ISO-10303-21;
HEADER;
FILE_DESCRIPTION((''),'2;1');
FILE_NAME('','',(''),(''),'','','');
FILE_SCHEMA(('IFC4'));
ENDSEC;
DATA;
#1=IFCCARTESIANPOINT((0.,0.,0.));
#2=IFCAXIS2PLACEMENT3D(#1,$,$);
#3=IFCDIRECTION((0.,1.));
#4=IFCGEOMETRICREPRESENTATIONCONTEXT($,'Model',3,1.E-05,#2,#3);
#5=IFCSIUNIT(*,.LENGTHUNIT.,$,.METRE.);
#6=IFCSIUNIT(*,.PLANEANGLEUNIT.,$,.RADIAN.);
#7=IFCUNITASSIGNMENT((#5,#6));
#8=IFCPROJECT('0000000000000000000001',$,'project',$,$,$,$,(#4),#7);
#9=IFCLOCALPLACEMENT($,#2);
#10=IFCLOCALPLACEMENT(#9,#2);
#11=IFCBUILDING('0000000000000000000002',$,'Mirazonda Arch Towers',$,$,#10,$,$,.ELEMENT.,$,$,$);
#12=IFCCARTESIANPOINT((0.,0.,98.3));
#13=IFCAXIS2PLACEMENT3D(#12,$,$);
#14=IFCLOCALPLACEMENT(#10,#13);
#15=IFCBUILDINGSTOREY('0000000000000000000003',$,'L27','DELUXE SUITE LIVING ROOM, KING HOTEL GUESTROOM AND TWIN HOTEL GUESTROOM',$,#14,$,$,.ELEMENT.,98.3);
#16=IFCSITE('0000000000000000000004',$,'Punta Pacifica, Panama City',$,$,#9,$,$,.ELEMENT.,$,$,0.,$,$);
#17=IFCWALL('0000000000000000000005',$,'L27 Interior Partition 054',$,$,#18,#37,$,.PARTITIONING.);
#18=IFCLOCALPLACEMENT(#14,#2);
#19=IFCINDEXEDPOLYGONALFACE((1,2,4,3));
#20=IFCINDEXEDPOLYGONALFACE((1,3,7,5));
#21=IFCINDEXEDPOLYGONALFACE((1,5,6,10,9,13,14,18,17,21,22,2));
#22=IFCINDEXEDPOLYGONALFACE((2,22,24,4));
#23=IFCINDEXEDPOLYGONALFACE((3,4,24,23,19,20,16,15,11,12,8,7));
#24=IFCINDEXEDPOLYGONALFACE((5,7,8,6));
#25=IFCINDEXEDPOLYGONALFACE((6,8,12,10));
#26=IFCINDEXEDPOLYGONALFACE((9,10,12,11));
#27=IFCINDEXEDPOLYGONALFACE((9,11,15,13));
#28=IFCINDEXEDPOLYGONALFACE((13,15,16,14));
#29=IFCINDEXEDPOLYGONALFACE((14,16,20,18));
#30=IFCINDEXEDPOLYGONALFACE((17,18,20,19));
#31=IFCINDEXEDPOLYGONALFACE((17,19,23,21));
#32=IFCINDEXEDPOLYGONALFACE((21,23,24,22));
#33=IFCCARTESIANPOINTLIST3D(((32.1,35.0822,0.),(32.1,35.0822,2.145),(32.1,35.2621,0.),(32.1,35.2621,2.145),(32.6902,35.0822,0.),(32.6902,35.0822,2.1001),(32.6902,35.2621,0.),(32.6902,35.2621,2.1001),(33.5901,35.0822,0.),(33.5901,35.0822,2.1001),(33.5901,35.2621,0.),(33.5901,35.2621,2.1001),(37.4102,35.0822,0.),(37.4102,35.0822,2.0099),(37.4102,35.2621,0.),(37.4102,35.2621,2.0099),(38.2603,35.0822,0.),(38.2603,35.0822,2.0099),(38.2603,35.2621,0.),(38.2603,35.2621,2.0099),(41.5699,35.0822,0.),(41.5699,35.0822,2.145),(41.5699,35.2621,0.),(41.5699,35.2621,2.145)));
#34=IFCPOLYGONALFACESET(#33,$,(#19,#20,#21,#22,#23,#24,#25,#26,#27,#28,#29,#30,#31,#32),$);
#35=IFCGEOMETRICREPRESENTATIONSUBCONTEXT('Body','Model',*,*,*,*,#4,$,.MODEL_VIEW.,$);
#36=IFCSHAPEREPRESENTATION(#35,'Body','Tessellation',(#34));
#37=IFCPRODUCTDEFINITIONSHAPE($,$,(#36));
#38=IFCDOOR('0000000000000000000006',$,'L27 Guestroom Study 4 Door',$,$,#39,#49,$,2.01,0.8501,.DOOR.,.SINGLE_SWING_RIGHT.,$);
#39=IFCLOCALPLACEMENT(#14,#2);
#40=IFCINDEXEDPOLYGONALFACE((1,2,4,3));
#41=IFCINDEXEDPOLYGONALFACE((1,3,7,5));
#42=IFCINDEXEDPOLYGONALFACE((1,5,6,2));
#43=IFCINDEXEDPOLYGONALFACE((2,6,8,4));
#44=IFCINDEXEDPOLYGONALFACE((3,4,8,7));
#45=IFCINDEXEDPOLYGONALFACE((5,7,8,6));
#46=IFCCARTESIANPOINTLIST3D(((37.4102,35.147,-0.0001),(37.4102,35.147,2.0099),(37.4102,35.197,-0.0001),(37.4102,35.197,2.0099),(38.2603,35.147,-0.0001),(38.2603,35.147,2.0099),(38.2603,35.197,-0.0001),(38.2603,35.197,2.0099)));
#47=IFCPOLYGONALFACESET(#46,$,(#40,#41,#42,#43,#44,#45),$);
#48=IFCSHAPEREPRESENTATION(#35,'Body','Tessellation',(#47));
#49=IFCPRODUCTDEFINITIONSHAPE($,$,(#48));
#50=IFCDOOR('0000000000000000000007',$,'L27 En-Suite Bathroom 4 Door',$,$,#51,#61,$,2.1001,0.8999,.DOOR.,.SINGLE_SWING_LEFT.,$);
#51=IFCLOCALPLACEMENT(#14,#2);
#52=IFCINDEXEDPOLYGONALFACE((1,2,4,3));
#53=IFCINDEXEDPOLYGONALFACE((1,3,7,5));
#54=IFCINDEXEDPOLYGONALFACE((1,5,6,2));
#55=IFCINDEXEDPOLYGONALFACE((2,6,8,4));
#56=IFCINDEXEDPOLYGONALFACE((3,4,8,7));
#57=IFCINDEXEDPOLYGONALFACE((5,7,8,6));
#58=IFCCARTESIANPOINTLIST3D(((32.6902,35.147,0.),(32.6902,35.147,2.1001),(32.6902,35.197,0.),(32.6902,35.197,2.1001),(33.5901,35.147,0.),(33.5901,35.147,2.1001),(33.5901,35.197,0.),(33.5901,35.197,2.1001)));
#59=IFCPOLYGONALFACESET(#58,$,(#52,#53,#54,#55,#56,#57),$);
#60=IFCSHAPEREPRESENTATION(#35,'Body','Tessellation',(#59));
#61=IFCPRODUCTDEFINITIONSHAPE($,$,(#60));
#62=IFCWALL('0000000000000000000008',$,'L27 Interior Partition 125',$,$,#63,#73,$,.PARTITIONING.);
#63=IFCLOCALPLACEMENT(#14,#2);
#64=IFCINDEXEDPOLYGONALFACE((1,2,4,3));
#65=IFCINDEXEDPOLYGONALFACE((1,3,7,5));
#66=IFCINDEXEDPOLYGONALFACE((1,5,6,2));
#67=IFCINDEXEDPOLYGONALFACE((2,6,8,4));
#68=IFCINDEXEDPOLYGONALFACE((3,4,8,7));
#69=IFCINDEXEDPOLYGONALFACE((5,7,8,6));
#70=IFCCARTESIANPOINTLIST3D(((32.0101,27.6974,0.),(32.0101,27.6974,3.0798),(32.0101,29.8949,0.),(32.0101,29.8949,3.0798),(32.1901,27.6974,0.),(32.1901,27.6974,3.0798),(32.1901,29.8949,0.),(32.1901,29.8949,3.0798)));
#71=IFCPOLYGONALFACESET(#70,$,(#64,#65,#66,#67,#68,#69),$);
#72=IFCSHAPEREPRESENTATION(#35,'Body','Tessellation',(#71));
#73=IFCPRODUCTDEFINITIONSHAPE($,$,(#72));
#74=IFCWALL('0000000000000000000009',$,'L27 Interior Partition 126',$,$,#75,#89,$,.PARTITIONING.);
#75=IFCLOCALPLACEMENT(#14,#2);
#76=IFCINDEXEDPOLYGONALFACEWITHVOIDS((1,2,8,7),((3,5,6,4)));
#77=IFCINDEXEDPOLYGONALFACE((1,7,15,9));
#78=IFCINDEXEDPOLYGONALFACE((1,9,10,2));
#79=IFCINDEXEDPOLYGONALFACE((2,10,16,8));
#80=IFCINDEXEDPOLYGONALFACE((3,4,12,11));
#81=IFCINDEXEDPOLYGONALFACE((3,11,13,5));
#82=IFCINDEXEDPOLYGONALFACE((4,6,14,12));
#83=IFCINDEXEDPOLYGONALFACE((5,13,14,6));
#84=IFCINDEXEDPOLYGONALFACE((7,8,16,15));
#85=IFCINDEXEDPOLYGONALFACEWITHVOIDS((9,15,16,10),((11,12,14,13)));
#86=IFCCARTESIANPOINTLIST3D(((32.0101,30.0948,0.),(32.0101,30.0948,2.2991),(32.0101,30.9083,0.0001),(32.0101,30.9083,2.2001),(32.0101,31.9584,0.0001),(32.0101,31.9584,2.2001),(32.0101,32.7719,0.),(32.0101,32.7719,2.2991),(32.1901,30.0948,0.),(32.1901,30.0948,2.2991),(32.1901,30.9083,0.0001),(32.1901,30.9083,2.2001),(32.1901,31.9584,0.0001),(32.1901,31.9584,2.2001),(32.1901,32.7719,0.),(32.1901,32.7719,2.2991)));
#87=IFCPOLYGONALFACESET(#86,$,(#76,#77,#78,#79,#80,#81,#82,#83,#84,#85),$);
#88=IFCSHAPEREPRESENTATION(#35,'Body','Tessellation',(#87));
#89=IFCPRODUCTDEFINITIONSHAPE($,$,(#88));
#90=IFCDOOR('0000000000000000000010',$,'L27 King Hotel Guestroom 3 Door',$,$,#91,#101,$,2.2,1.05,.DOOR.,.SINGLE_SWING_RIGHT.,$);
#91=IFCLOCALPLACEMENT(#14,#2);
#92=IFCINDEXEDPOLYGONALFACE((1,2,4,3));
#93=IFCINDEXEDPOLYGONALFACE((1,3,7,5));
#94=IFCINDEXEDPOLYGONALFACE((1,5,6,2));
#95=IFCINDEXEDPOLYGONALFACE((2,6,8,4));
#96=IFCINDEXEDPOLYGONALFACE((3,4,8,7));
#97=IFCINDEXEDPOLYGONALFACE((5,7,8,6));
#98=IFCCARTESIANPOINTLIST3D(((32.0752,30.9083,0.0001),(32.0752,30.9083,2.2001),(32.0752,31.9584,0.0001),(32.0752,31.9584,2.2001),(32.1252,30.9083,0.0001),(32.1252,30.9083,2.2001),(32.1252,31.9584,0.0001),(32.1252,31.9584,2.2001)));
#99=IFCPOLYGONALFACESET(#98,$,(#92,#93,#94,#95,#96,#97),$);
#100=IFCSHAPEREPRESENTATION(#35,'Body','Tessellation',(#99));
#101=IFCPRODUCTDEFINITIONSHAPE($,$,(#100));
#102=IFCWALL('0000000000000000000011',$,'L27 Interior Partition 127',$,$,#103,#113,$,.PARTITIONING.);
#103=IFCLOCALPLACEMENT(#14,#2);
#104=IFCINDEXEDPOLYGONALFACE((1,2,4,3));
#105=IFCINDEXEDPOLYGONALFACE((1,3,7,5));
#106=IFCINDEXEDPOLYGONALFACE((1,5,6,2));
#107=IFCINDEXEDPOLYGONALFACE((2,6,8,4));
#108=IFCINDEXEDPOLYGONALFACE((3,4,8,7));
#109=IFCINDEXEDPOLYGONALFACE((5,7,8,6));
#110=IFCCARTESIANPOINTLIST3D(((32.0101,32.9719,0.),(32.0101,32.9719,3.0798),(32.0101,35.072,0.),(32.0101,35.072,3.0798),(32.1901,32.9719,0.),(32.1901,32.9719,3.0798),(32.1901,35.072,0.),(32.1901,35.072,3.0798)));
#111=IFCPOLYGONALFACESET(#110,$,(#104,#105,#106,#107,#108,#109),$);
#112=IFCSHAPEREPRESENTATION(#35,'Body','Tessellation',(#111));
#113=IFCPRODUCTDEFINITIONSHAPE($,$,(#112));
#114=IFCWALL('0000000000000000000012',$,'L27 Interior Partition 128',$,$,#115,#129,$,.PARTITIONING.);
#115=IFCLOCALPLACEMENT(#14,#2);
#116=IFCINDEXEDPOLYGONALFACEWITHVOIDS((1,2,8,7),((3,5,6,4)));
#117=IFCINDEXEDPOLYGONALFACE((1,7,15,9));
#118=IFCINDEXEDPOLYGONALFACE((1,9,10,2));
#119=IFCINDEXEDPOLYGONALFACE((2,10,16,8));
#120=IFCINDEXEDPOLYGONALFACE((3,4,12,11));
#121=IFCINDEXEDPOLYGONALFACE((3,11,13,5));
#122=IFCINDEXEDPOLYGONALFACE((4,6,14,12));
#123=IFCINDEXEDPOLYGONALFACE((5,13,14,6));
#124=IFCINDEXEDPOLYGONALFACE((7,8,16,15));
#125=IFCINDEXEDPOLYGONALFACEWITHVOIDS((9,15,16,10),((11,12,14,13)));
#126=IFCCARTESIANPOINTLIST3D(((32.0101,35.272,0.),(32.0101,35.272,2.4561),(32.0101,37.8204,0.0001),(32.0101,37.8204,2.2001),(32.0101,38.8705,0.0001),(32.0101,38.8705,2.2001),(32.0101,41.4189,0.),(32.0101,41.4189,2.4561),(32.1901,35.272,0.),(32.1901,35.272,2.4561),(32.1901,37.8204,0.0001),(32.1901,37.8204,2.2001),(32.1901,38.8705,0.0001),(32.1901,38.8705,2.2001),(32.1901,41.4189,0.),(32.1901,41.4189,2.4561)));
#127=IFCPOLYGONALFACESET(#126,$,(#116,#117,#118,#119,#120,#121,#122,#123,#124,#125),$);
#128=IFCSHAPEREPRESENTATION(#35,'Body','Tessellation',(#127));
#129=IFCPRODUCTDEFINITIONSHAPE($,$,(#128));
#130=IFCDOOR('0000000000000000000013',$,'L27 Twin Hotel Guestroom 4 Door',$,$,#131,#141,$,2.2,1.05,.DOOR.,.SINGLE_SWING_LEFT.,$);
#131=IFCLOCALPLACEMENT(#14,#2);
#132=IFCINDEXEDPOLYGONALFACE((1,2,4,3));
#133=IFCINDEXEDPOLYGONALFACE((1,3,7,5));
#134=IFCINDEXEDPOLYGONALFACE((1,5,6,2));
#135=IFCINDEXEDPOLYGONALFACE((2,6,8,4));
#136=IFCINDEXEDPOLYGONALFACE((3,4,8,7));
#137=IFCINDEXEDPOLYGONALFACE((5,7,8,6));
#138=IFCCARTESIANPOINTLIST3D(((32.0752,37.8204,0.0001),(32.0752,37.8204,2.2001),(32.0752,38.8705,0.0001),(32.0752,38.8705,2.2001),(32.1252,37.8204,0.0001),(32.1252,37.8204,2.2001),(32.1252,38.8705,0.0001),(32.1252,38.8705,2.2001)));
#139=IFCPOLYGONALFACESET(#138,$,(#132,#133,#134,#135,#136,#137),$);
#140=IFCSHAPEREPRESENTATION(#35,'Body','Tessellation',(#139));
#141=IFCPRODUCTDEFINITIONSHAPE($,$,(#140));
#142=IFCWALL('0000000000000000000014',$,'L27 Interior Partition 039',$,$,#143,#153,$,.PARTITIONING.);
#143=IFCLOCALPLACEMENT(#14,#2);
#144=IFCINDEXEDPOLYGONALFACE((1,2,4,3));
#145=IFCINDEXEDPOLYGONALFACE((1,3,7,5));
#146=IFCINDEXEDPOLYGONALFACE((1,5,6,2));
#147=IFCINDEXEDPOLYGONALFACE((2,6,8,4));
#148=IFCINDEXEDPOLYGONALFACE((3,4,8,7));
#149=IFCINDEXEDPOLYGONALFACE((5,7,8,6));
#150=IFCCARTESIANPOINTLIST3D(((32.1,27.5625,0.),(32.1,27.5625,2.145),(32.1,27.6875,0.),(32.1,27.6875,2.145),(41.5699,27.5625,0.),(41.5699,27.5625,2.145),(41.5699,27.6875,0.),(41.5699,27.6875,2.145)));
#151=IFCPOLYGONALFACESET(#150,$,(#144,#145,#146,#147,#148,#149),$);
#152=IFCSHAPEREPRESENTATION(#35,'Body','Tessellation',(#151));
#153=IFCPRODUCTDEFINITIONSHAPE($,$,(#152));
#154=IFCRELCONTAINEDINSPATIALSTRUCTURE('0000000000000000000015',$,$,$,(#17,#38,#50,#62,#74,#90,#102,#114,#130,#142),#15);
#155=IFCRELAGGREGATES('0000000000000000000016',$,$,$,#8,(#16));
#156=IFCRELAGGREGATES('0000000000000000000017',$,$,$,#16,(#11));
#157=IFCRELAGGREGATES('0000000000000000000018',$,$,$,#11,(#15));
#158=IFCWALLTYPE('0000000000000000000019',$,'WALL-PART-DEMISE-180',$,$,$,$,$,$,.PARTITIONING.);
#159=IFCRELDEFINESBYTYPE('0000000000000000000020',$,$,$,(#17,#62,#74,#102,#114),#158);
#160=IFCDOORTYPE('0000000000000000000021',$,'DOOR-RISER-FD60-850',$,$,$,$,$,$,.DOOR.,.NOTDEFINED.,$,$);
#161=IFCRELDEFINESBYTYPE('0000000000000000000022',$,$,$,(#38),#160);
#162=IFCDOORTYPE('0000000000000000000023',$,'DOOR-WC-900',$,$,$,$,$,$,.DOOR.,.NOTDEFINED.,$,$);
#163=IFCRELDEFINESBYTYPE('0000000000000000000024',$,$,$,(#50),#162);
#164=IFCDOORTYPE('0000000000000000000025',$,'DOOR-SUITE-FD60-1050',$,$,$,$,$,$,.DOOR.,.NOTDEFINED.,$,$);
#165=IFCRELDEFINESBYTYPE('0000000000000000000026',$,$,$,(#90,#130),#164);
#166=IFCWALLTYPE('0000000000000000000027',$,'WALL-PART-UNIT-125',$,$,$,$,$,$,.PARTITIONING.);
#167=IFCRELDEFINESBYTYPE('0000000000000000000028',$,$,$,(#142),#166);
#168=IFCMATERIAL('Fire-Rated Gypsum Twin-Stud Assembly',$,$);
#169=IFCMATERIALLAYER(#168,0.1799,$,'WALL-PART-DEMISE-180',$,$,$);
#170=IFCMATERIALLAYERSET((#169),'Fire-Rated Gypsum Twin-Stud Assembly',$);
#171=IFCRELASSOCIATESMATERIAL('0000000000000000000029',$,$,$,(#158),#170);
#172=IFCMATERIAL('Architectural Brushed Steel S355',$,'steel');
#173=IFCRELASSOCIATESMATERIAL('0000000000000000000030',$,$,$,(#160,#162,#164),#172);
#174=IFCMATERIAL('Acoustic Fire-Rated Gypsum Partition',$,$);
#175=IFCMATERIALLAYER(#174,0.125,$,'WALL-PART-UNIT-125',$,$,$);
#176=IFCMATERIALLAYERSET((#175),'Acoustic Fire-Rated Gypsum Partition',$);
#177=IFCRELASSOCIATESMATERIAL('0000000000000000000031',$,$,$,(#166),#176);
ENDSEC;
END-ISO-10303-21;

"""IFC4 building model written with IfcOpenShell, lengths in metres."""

from ifc_helpers import new_model, si_unit, direction, frame, frame_2d, origin, place, context, subcontext, project, spatial, rectangle, extrude, material, layer, layer_set, type_object, element, fill, save


model = new_model("IFC4")

# Units and contexts
model_context = context("Model", 3, precision=1e-05, world=origin(), true_north=direction((0.0, 1.0)))
body_context = subcontext(model_context, "Body", "Model", "MODEL_VIEW")
ifc_project = project(units=[si_unit("LENGTHUNIT", "METRE"), si_unit("PLANEANGLEUNIT", "RADIAN")], contexts=[model_context])

# Site, building, storey
site_placement = place(None, origin())
site = spatial("IfcSite", under=ifc_project, at=site_placement, Name="Punta Pacifica, Panama City", CompositionType="ELEMENT", RefElevation=0.0)
building_placement = place(site_placement, origin())
building = spatial("IfcBuilding", under=site, at=building_placement, Name="Mirazonda Arch Towers", CompositionType="ELEMENT")
storey_placement = place(building_placement, frame((0.0, 0.0, 98.3)))
storey = spatial("IfcBuildingStorey", under=building, at=storey_placement, Name="L27", Description="DELUXE SUITE LIVING ROOM, KING HOTEL GUESTROOM AND TWIN HOTEL GUESTROOM", CompositionType="ELEMENT", Elevation=98.3)

# Shared definitions
ifc_material_1 = material(Name="Fire-Rated Gypsum Twin-Stud Assembly")
ifc_layer_1 = layer(ifc_material_1, 0.1799, Name="WALL-PART-DEMISE-180")
ifc_layer_set_1 = layer_set([ifc_layer_1], Name="Fire-Rated Gypsum Twin-Stud Assembly")
wall_type_1 = type_object("IfcWallType", Name="WALL-PART-DEMISE-180", PredefinedType="PARTITIONING", material=ifc_layer_set_1)
ifc_material_2 = material(Name="Architectural Brushed Steel S355", Category="steel")
door_type_1 = type_object("IfcDoorType", Name="DOOR-RISER-FD60-850", OperationType="NOTDEFINED", PredefinedType="DOOR", material=ifc_material_2)
door_type_2 = type_object("IfcDoorType", Name="DOOR-WC-900", OperationType="NOTDEFINED", PredefinedType="DOOR", material=ifc_material_2)

# Wall, openings, doors
wall_1_placement = place(storey_placement, frame((32.1001, 35.1721, 0.0), z_axis=(0.0, 0.0, 1.0), x_axis=(1.0, 0.0, 0.0)))
wall_1 = element("IfcWall", 1, at=wall_1_placement, inside=storey, type_object=wall_type_1, Name="L27 Interior Partition 054", PredefinedType="PARTITIONING", context=body_context, shape_type="SweptSolid", body=[
    extrude(rectangle(XDim=9.47, YDim=0.1799, at=frame_2d((4.7349, 0.0))), origin(), (0.0, 0.0, 1.0), 2.145),
])
opening_1_placement = place(wall_1_placement, frame((5.3101, 0.0, 0.0)))
opening_1 = element("IfcOpeningElement", 2, at=opening_1_placement, cuts=wall_1, PredefinedType="OPENING", context=body_context, shape_type="SweptSolid", body=[
    extrude(rectangle(XDim=0.8501, YDim=2.01, at=frame_2d((0.425, 1.0049))), frame((0.0, 0.0999, 0.0), z_axis=(0.0, -1.0, 0.0), x_axis=(1.0, 0.0, 0.0)), (0.0, 0.0, 1.0), 0.2),
])
opening_2_placement = place(wall_1_placement, frame((0.5901, 0.0, 0.0)))
opening_2 = element("IfcOpeningElement", 3, at=opening_2_placement, cuts=wall_1, PredefinedType="OPENING", context=body_context, shape_type="SweptSolid", body=[
    extrude(rectangle(XDim=0.8999, YDim=2.1001, at=frame_2d((0.45, 1.05))), frame((0.0, 0.0999, 0.0), z_axis=(0.0, -1.0, 0.0), x_axis=(1.0, 0.0, 0.0)), (0.0, 0.0, 1.0), 0.2),
])
door_1_placement = place(opening_1_placement, origin())
door_1 = element("IfcDoor", 4, at=door_1_placement, inside=storey, type_object=door_type_1, Name="L27 Guestroom Study 4 Door", OperationType="SINGLE_SWING_RIGHT", OverallHeight=2.01, OverallWidth=0.8501, PredefinedType="DOOR", context=body_context, shape_type="SweptSolid", body=[
    extrude(rectangle(XDim=0.8501, YDim=2.01, at=frame_2d((0.425, 1.0049))), frame((0.0, 0.0249, 0.0), z_axis=(0.0, -1.0, 0.0), x_axis=(1.0, 0.0, 0.0)), (0.0, 0.0, 1.0), 0.05),
])
fill(opening_1, door_1)
door_2_placement = place(opening_2_placement, origin())
door_2 = element("IfcDoor", 5, at=door_2_placement, inside=storey, type_object=door_type_2, Name="L27 En-Suite Bathroom 4 Door", OperationType="SINGLE_SWING_LEFT", OverallHeight=2.1001, OverallWidth=0.8999, PredefinedType="DOOR", context=body_context, shape_type="SweptSolid", body=[
    extrude(rectangle(XDim=0.8999, YDim=2.1001, at=frame_2d((0.45, 1.05))), frame((0.0, 0.0249, 0.0), z_axis=(0.0, -1.0, 0.0), x_axis=(1.0, 0.0, 0.0)), (0.0, 0.0, 1.0), 0.05),
])
fill(opening_2, door_2)

# Wall
wall_2_placement = place(storey_placement, frame((32.1001, 27.6975, 0.0), z_axis=(0.0, 0.0, 1.0), x_axis=(0.0, 1.0, 0.0)))
element("IfcWall", 6, at=wall_2_placement, inside=storey, type_object=wall_type_1, Name="L27 Interior Partition 125", PredefinedType="PARTITIONING", context=body_context, shape_type="SweptSolid", body=[
    extrude(rectangle(XDim=2.1975, YDim=0.1799, at=frame_2d((1.0986, 0.0))), origin(), (0.0, 0.0, 1.0), 3.0798),
])

# Wall, opening, door
wall_3_placement = place(storey_placement, frame((32.1001, 30.095, 0.0), z_axis=(0.0, 0.0, 1.0), x_axis=(0.0, 1.0, 0.0)))
wall_3 = element("IfcWall", 7, at=wall_3_placement, inside=storey, type_object=wall_type_1, Name="L27 Interior Partition 126", PredefinedType="PARTITIONING", context=body_context, shape_type="SweptSolid", body=[
    extrude(rectangle(XDim=2.677, YDim=0.1799, at=frame_2d((1.3384, 0.0))), origin(), (0.0, 0.0, 1.0), 2.2991),
])
opening_3_placement = place(wall_3_placement, frame((0.8135, 0.0, 0.0)))
opening_3 = element("IfcOpeningElement", 8, at=opening_3_placement, cuts=wall_3, PredefinedType="OPENING", context=body_context, shape_type="SweptSolid", body=[
    extrude(rectangle(XDim=1.05, YDim=2.2, at=frame_2d((0.5249, 1.1001))), frame((0.0, 0.0999, 0.0), z_axis=(0.0, -1.0, 0.0), x_axis=(1.0, 0.0, 0.0)), (0.0, 0.0, 1.0), 0.2),
])
door_type_3 = type_object("IfcDoorType", Name="DOOR-SUITE-FD60-1050", OperationType="NOTDEFINED", PredefinedType="DOOR", material=ifc_material_2)
door_3_placement = place(opening_3_placement, origin())
door_3 = element("IfcDoor", 9, at=door_3_placement, inside=storey, type_object=door_type_3, Name="L27 King Hotel Guestroom 3 Door", OperationType="SINGLE_SWING_RIGHT", OverallHeight=2.2, OverallWidth=1.05, PredefinedType="DOOR", context=body_context, shape_type="SweptSolid", body=[
    extrude(rectangle(XDim=1.05, YDim=2.2, at=frame_2d((0.5249, 1.1001))), frame((0.0, 0.0249, 0.0), z_axis=(0.0, -1.0, 0.0), x_axis=(1.0, 0.0, 0.0)), (0.0, 0.0, 1.0), 0.05),
])
fill(opening_3, door_3)

# Wall
wall_4_placement = place(storey_placement, frame((32.1001, 32.9719, 0.0), z_axis=(0.0, 0.0, 1.0), x_axis=(0.0, 1.0, 0.0)))
element("IfcWall", 10, at=wall_4_placement, inside=storey, type_object=wall_type_1, Name="L27 Interior Partition 127", PredefinedType="PARTITIONING", context=body_context, shape_type="SweptSolid", body=[
    extrude(rectangle(XDim=2.1001, YDim=0.1799, at=frame_2d((1.05, 0.0))), origin(), (0.0, 0.0, 1.0), 3.0798),
])

# Wall, opening, door
wall_5_placement = place(storey_placement, frame((32.1001, 35.272, 0.0), z_axis=(0.0, 0.0, 1.0), x_axis=(0.0, 1.0, 0.0)))
wall_5 = element("IfcWall", 11, at=wall_5_placement, inside=storey, type_object=wall_type_1, Name="L27 Interior Partition 128", PredefinedType="PARTITIONING", context=body_context, shape_type="SweptSolid", body=[
    extrude(rectangle(XDim=6.147, YDim=0.1799, at=frame_2d((3.0735, 0.0))), origin(), (0.0, 0.0, 1.0), 2.4561),
])
opening_4_placement = place(wall_5_placement, frame((2.5486, 0.0, 0.0)))
opening_4 = element("IfcOpeningElement", 12, at=opening_4_placement, cuts=wall_5, PredefinedType="OPENING", context=body_context, shape_type="SweptSolid", body=[
    extrude(rectangle(XDim=1.05, YDim=2.2, at=frame_2d((0.5249, 1.1001))), frame((0.0, 0.0999, 0.0), z_axis=(0.0, -1.0, 0.0), x_axis=(1.0, 0.0, 0.0)), (0.0, 0.0, 1.0), 0.2),
])
door_4_placement = place(opening_4_placement, origin())
door_4 = element("IfcDoor", 13, at=door_4_placement, inside=storey, type_object=door_type_3, Name="L27 Twin Hotel Guestroom 4 Door", OperationType="SINGLE_SWING_LEFT", OverallHeight=2.2, OverallWidth=1.05, PredefinedType="DOOR", context=body_context, shape_type="SweptSolid", body=[
    extrude(rectangle(XDim=1.05, YDim=2.2, at=frame_2d((0.5249, 1.1001))), frame((0.0, 0.0249, 0.0), z_axis=(0.0, -1.0, 0.0), x_axis=(1.0, 0.0, 0.0)), (0.0, 0.0, 1.0), 0.05),
])
fill(opening_4, door_4)

# Wall
ifc_material_3 = material(Name="Acoustic Fire-Rated Gypsum Partition")
ifc_layer_2 = layer(ifc_material_3, 0.125, Name="WALL-PART-UNIT-125")
ifc_layer_set_2 = layer_set([ifc_layer_2], Name="Acoustic Fire-Rated Gypsum Partition")
wall_type_2 = type_object("IfcWallType", Name="WALL-PART-UNIT-125", PredefinedType="PARTITIONING", material=ifc_layer_set_2)
wall_6_placement = place(storey_placement, frame((32.1001, 27.625, 0.0), z_axis=(0.0, 0.0, 1.0), x_axis=(1.0, 0.0, 0.0)))
element("IfcWall", 14, at=wall_6_placement, inside=storey, type_object=wall_type_2, Name="L27 Interior Partition 039", PredefinedType="PARTITIONING", context=body_context, shape_type="SweptSolid", body=[
    extrude(rectangle(XDim=9.47, YDim=0.125, at=frame_2d((4.7349, 0.0))), origin(), (0.0, 0.0, 1.0), 2.145),
])

save(model, "model.ifc")
